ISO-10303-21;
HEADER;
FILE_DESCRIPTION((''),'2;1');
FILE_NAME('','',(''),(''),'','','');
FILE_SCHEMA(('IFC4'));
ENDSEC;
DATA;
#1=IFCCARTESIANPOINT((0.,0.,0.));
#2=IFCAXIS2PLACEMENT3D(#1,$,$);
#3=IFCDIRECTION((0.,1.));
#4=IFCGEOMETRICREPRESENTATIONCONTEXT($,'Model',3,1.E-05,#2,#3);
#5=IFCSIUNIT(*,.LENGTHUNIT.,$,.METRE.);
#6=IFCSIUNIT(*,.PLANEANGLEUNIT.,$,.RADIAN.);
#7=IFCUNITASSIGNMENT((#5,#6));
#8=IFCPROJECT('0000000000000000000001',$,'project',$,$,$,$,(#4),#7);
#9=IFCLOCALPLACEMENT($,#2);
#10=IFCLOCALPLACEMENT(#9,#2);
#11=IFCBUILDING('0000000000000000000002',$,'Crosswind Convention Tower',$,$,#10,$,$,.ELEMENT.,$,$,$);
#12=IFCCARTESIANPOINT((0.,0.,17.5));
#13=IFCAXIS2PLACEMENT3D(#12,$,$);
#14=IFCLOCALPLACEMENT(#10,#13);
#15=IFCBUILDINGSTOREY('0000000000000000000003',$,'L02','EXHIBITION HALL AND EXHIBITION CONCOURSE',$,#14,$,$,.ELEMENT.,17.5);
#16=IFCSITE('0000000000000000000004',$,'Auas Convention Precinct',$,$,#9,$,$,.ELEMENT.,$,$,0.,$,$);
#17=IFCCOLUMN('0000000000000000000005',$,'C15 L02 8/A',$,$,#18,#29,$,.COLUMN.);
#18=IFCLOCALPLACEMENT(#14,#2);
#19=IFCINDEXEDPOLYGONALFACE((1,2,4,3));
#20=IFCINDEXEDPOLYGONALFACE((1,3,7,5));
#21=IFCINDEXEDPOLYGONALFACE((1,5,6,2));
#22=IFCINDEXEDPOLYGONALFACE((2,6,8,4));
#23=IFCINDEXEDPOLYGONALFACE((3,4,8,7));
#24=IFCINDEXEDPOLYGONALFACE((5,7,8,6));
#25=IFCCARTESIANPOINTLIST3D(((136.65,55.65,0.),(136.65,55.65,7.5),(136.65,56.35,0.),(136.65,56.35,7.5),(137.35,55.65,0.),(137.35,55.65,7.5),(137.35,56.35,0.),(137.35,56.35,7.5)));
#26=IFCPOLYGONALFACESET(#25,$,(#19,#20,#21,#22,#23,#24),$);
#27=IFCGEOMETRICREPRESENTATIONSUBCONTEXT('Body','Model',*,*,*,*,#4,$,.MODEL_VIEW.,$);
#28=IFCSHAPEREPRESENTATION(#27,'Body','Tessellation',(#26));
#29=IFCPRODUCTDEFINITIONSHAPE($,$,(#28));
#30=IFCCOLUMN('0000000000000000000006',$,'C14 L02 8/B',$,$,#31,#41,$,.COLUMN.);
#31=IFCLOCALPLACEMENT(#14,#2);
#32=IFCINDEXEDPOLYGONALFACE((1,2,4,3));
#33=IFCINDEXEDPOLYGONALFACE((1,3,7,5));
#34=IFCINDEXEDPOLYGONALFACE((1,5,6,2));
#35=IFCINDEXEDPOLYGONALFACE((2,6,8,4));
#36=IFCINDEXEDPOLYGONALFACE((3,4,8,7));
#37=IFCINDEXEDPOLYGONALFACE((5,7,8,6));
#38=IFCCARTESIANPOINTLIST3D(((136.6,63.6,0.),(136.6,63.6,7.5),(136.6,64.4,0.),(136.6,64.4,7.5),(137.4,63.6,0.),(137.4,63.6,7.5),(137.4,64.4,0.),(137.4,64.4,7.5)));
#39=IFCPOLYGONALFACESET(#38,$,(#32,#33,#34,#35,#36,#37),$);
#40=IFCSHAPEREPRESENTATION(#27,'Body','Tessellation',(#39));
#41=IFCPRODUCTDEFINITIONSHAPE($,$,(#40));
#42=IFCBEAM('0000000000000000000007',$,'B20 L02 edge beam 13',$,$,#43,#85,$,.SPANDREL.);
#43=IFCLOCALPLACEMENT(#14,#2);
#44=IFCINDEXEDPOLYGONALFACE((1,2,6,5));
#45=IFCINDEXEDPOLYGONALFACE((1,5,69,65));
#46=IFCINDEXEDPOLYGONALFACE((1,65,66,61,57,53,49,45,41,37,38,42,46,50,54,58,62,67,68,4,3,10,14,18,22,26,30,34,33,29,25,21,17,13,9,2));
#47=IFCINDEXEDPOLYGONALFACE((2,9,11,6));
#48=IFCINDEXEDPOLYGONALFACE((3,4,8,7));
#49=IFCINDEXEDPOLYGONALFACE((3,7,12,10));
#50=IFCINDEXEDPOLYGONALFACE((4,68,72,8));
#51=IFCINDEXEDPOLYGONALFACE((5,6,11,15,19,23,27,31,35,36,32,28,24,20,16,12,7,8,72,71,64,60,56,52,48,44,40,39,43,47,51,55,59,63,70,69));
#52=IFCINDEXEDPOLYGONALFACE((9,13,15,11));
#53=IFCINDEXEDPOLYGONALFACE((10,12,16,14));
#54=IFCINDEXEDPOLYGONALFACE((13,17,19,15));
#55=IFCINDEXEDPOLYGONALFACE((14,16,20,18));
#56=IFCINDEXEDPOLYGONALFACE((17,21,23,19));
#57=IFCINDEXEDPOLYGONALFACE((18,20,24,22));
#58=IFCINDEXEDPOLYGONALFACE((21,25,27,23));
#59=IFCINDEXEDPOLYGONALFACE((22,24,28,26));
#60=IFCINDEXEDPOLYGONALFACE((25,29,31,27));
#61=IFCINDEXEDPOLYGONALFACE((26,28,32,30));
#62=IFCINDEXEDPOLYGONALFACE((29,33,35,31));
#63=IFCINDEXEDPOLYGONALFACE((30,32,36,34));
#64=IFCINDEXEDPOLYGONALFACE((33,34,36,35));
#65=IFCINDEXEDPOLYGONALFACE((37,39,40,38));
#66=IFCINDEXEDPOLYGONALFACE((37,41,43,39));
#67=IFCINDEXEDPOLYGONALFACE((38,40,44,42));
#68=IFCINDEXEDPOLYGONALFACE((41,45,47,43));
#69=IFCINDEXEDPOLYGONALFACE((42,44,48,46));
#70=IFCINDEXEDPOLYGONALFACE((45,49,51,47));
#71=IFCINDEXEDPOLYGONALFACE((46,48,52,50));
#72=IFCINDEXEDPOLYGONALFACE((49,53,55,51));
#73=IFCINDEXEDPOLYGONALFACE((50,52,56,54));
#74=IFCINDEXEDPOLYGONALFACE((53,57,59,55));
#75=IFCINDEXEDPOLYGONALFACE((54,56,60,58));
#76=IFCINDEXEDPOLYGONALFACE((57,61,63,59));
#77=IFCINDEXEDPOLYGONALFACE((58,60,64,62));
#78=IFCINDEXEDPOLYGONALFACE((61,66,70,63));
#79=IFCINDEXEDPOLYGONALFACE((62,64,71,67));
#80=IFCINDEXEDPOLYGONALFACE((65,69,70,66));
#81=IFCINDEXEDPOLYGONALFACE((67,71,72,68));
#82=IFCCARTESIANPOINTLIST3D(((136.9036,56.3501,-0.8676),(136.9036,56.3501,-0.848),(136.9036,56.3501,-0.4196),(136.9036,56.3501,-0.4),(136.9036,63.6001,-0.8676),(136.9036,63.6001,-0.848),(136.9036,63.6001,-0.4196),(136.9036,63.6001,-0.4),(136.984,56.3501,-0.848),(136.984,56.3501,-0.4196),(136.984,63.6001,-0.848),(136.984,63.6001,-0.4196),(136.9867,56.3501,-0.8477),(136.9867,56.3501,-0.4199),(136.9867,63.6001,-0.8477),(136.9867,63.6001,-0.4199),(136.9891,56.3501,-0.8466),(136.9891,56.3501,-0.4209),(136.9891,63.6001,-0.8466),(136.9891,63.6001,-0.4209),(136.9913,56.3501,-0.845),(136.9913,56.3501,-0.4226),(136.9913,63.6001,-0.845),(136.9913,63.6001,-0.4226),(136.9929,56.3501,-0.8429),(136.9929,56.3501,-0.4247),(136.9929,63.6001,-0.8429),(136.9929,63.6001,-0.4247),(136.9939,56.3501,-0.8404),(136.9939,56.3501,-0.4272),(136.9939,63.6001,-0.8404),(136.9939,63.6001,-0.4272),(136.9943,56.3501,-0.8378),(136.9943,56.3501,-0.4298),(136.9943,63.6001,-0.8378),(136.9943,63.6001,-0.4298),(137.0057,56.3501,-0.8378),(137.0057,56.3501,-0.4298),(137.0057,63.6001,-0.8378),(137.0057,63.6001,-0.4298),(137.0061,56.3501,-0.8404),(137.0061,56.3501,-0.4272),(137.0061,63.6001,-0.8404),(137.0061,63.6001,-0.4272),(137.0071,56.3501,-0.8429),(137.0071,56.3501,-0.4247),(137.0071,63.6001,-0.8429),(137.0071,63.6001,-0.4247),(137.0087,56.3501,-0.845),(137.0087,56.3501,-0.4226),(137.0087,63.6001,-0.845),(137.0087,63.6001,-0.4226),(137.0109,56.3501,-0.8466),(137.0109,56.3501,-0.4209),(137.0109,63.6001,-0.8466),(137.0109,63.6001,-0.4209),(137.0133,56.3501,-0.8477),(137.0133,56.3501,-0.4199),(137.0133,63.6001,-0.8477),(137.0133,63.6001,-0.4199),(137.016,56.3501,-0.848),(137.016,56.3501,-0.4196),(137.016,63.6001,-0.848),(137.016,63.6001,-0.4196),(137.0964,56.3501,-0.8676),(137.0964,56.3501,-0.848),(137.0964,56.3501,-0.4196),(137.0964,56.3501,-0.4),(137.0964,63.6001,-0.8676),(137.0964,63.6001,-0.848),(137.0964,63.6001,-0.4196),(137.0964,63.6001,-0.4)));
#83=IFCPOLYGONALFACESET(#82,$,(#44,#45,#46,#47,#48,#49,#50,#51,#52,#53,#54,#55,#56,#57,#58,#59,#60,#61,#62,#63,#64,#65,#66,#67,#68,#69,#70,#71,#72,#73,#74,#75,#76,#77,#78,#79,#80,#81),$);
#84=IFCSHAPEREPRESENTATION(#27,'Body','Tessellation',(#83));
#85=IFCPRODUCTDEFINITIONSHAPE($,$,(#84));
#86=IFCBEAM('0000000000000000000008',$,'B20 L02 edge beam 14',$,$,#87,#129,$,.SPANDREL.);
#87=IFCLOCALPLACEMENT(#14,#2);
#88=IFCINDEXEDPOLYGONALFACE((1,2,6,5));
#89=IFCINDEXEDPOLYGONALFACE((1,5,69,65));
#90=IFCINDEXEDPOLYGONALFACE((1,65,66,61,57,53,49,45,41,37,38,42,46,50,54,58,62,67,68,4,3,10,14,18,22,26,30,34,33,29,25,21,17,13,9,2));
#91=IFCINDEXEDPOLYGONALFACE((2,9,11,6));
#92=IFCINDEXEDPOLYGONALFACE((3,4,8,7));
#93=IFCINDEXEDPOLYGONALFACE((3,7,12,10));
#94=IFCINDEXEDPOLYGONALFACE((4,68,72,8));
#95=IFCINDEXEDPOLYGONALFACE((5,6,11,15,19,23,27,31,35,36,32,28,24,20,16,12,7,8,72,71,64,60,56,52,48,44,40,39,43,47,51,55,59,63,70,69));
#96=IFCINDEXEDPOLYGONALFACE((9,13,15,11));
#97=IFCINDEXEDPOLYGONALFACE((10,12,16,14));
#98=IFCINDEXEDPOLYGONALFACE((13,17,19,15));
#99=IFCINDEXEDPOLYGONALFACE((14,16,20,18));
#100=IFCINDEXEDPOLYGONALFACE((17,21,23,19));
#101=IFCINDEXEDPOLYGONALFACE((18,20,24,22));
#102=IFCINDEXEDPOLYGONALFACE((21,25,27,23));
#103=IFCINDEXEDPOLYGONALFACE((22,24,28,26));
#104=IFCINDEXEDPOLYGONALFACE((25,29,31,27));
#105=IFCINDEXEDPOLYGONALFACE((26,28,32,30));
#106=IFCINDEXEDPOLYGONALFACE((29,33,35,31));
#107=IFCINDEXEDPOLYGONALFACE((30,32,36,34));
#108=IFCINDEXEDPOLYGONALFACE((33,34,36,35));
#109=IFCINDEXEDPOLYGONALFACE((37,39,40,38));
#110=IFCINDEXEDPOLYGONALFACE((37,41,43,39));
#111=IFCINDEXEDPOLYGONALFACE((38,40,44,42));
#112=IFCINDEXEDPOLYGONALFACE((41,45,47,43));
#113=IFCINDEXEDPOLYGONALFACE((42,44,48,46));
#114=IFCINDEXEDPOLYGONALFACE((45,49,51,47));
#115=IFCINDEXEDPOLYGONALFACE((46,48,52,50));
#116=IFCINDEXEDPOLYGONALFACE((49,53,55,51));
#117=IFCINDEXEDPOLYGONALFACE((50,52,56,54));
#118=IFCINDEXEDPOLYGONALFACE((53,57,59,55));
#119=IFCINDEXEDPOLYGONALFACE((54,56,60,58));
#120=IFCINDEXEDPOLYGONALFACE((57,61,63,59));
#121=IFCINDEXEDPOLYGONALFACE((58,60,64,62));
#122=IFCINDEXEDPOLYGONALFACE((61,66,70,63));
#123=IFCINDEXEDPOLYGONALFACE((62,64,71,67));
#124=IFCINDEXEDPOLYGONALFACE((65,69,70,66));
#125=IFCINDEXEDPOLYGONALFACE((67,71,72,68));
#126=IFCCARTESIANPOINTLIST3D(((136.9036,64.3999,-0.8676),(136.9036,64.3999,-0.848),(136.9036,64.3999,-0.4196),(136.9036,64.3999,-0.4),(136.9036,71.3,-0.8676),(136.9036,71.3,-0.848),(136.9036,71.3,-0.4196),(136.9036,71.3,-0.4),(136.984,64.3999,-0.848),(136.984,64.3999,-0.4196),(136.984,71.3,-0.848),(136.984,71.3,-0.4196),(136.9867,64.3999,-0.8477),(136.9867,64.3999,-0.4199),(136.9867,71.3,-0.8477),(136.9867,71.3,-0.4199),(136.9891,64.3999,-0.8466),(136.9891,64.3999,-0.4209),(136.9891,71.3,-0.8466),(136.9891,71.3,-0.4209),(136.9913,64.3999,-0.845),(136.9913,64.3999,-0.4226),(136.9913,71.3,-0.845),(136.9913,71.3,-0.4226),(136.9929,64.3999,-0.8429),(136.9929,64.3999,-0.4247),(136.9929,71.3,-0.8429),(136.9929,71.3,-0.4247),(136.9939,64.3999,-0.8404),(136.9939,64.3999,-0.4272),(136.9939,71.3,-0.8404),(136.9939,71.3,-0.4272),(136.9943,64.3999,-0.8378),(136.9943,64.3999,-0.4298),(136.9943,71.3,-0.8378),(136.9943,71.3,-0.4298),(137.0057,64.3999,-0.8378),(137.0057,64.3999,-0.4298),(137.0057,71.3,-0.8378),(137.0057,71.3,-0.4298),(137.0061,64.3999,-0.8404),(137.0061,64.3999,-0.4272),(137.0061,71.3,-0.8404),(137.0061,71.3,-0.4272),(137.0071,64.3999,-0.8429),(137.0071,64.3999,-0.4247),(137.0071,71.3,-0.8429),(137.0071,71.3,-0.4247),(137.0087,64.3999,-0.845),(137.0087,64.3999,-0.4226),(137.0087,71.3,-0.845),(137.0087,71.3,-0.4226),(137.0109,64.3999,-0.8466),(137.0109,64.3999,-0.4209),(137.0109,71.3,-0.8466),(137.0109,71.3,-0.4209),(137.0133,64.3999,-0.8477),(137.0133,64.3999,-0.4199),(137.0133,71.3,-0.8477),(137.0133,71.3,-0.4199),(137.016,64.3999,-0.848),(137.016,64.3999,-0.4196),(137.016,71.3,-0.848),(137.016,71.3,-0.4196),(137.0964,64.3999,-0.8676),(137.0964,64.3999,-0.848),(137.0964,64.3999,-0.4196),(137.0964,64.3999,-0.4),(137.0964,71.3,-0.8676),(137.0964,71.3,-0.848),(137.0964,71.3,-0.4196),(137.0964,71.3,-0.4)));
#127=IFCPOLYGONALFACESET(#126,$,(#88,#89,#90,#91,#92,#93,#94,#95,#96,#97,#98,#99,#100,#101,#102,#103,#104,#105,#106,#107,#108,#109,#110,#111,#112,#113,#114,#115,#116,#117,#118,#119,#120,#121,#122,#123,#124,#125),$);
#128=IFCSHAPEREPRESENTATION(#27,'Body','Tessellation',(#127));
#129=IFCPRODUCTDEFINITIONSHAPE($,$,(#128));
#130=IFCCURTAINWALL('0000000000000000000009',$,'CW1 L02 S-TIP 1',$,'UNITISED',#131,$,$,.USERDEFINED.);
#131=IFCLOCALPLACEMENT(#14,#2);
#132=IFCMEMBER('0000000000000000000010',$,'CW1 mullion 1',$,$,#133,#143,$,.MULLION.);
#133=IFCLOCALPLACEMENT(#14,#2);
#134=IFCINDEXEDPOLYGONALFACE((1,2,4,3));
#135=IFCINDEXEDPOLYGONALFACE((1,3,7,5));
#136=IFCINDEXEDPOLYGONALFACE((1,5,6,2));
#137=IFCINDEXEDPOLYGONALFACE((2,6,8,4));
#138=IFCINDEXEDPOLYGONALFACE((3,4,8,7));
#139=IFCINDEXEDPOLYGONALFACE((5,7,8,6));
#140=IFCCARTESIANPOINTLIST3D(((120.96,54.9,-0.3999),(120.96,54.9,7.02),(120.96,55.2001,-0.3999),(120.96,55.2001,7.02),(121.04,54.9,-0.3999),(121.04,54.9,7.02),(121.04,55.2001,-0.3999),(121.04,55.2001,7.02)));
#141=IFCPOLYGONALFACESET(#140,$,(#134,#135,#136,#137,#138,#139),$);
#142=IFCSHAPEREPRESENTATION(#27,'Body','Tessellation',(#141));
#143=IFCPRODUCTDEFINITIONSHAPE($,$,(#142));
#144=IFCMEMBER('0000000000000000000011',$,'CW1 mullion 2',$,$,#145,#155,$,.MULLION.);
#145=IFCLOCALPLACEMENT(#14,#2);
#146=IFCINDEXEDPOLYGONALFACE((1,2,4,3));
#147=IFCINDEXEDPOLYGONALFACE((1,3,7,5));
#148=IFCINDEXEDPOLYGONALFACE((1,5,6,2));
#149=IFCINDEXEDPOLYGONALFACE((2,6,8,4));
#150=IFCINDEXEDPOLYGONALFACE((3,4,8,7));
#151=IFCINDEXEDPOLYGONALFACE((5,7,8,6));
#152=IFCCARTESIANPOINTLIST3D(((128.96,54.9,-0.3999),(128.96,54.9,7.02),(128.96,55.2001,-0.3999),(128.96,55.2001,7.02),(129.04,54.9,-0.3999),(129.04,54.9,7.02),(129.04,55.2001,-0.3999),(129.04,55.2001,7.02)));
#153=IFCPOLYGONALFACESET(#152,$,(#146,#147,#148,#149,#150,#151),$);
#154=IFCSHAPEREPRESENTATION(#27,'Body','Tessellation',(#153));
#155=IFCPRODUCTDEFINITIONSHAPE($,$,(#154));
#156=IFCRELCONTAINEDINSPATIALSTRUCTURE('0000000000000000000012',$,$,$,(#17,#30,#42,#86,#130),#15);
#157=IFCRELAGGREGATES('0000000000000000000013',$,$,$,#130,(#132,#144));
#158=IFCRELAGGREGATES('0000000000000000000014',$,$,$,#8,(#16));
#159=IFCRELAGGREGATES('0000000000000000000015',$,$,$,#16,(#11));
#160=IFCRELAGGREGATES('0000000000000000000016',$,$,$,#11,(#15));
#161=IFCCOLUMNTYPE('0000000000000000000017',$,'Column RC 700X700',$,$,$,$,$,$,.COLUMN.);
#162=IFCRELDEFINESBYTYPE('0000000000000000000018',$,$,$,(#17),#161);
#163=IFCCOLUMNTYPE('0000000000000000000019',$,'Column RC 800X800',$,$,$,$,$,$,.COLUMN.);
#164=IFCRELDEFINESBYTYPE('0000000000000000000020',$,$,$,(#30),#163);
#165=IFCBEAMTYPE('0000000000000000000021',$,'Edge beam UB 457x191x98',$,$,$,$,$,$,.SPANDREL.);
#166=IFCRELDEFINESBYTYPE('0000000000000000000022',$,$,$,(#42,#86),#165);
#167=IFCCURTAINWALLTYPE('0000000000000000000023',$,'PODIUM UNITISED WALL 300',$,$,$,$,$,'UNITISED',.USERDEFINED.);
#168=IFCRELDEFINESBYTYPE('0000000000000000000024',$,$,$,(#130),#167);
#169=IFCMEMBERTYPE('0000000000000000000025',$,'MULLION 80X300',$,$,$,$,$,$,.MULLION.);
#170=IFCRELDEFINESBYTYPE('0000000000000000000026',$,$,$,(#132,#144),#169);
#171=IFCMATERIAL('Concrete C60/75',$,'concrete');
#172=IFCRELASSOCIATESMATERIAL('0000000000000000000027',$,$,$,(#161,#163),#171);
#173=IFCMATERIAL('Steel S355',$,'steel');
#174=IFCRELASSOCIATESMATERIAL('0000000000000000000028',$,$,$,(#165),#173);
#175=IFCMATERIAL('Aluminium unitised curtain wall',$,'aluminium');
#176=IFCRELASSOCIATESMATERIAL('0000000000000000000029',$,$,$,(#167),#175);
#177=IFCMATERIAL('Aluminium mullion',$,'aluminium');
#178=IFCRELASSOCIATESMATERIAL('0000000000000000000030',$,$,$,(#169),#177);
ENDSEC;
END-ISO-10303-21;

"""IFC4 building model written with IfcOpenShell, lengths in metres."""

from ifc_helpers import new_model, si_unit, direction, frame, origin, origin_2d, place, context, subcontext, project, spatial, rectangle, i_section, extrude, material, material_profile, profile_set, type_object, element, aggregate, save


model = new_model("IFC4")

# Units and contexts
model_context = context("Model", 3, precision=1e-05, world=origin(), true_north=direction((0.0, 1.0)))
body_context = subcontext(model_context, "Body", "Model", "MODEL_VIEW")
ifc_project = project(units=[si_unit("LENGTHUNIT", "METRE"), si_unit("PLANEANGLEUNIT", "RADIAN")], contexts=[model_context])

# Site, building, storey
site_placement = place(None, origin())
site = spatial("IfcSite", under=ifc_project, at=site_placement, Name="Auas Convention Precinct", CompositionType="ELEMENT", RefElevation=0.0)
building_placement = place(site_placement, origin())
building = spatial("IfcBuilding", under=site, at=building_placement, Name="Crosswind Convention Tower", CompositionType="ELEMENT")
storey_placement = place(building_placement, frame((0.0, 0.0, 17.5)))
storey = spatial("IfcBuildingStorey", under=building, at=storey_placement, Name="L02", Description="EXHIBITION HALL AND EXHIBITION CONCOURSE", CompositionType="ELEMENT", Elevation=17.5)

# Columns
ifc_material_1 = material(Name="Concrete C60/75", Category="concrete")
ifc_material_profile_1 = material_profile(ifc_material_1, rectangle(XDim=0.7, YDim=0.7, at=origin_2d()), Name="RC 700X700")
ifc_profile_set_1 = profile_set([ifc_material_profile_1], Name="Concrete C60/75")
column_type_1 = type_object("IfcColumnType", Name="Column RC 700X700", PredefinedType="COLUMN", material=ifc_profile_set_1)
column_1_placement = place(storey_placement, frame((137.0, 56.0, 0.0), z_axis=(0.0, 0.0, 1.0), x_axis=(1.0, 0.0, 0.0)))
element("IfcColumn", 1, at=column_1_placement, inside=storey, type_object=column_type_1, Name="C15 L02 8/A", PredefinedType="COLUMN", context=body_context, shape_type="SweptSolid", body=[
    extrude(rectangle(XDim=0.7, YDim=0.7, at=origin_2d()), origin(), (0.0, 0.0, 1.0), 7.5),
])
ifc_material_profile_2 = material_profile(ifc_material_1, rectangle(XDim=0.8, YDim=0.8, at=origin_2d()), Name="RC 800X800")
ifc_profile_set_2 = profile_set([ifc_material_profile_2], Name="Concrete C60/75")
column_type_2 = type_object("IfcColumnType", Name="Column RC 800X800", PredefinedType="COLUMN", material=ifc_profile_set_2)
column_2_placement = place(storey_placement, frame((137.0, 64.0, 0.0), z_axis=(0.0, 0.0, 1.0), x_axis=(1.0, 0.0, 0.0)))
element("IfcColumn", 2, at=column_2_placement, inside=storey, type_object=column_type_2, Name="C14 L02 8/B", PredefinedType="COLUMN", context=body_context, shape_type="SweptSolid", body=[
    extrude(rectangle(XDim=0.8, YDim=0.8, at=origin_2d()), origin(), (0.0, 0.0, 1.0), 7.5),
])

# Beams
ifc_material_2 = material(Name="Steel S355", Category="steel")
ifc_material_profile_3 = material_profile(ifc_material_2, i_section(OverallWidth=0.1929, OverallDepth=0.4675, WebThickness=0.0115, FlangeThickness=0.0195, FilletRadius=0.0103, at=origin_2d()), Name="UB 457x191x98")
ifc_profile_set_3 = profile_set([ifc_material_profile_3], Name="Steel S355")
beam_type_1 = type_object("IfcBeamType", Name="Edge beam UB 457x191x98", PredefinedType="SPANDREL", material=ifc_profile_set_3)
beam_1_placement = place(storey_placement, frame((137.0, 56.3501, -0.6338), z_axis=(0.0, 1.0, 0.0), x_axis=(-1.0, 0.0, 0.0)))
element("IfcBeam", 3, at=beam_1_placement, inside=storey, type_object=beam_type_1, Name="B20 L02 edge beam 13", PredefinedType="SPANDREL", context=body_context, shape_type="SweptSolid", body=[
    extrude(i_section(OverallWidth=0.1929, OverallDepth=0.4675, WebThickness=0.0115, FlangeThickness=0.0195, FilletRadius=0.0103, at=origin_2d()), origin(), (0.0, 0.0, 1.0), 7.25),
])
beam_2_placement = place(storey_placement, frame((137.0, 64.3999, -0.6338), z_axis=(0.0, 1.0, 0.0), x_axis=(-1.0, 0.0, 0.0)))
element("IfcBeam", 4, at=beam_2_placement, inside=storey, type_object=beam_type_1, Name="B20 L02 edge beam 14", PredefinedType="SPANDREL", context=body_context, shape_type="SweptSolid", body=[
    extrude(i_section(OverallWidth=0.1929, OverallDepth=0.4675, WebThickness=0.0115, FlangeThickness=0.0195, FilletRadius=0.0103, at=origin_2d()), origin(), (0.0, 0.0, 1.0), 6.9001),
])

# Curtain wall, members
ifc_material_3 = material(Name="Aluminium unitised curtain wall", Category="aluminium")
curtain_wall_type = type_object("IfcCurtainWallType", Name="PODIUM UNITISED WALL 300", ElementType="UNITISED", PredefinedType="USERDEFINED", material=ifc_material_3)
curtain_wall_placement = place(storey_placement, origin())
curtain_wall = element("IfcCurtainWall", 5, at=curtain_wall_placement, inside=storey, type_object=curtain_wall_type, Name="CW1 L02 S-TIP 1", ObjectType="UNITISED", PredefinedType="USERDEFINED")
ifc_material_4 = material(Name="Aluminium mullion", Category="aluminium")
ifc_material_profile_4 = material_profile(ifc_material_4, rectangle(XDim=0.3, YDim=0.0801, at=origin_2d()), Name="AL 300X80")
ifc_profile_set_4 = profile_set([ifc_material_profile_4], Name="Aluminium mullion")
member_type_1 = type_object("IfcMemberType", Name="MULLION 80X300", PredefinedType="MULLION", material=ifc_profile_set_4)
member_1_placement = place(storey_placement, frame((121.0, 55.05, -0.3999), z_axis=(0.0, 0.0, 1.0), x_axis=(0.0, -1.0, 0.0)))
member_1 = element("IfcMember", 6, at=member_1_placement, type_object=member_type_1, Name="CW1 mullion 1", PredefinedType="MULLION", context=body_context, shape_type="SweptSolid", body=[
    extrude(rectangle(XDim=0.3, YDim=0.0801, at=origin_2d()), origin(), (0.0, 0.0, 1.0), 7.4199),
])
member_2_placement = place(storey_placement, frame((129.0, 55.05, -0.3999), z_axis=(0.0, 0.0, 1.0), x_axis=(0.0, -1.0, 0.0)))
member_2 = element("IfcMember", 7, at=member_2_placement, type_object=member_type_1, Name="CW1 mullion 2", PredefinedType="MULLION", context=body_context, shape_type="SweptSolid", body=[
    extrude(rectangle(XDim=0.3, YDim=0.0801, at=origin_2d()), origin(), (0.0, 0.0, 1.0), 7.4199),
])

aggregate(curtain_wall, [member_1, member_2])

save(model, "model.ifc")
